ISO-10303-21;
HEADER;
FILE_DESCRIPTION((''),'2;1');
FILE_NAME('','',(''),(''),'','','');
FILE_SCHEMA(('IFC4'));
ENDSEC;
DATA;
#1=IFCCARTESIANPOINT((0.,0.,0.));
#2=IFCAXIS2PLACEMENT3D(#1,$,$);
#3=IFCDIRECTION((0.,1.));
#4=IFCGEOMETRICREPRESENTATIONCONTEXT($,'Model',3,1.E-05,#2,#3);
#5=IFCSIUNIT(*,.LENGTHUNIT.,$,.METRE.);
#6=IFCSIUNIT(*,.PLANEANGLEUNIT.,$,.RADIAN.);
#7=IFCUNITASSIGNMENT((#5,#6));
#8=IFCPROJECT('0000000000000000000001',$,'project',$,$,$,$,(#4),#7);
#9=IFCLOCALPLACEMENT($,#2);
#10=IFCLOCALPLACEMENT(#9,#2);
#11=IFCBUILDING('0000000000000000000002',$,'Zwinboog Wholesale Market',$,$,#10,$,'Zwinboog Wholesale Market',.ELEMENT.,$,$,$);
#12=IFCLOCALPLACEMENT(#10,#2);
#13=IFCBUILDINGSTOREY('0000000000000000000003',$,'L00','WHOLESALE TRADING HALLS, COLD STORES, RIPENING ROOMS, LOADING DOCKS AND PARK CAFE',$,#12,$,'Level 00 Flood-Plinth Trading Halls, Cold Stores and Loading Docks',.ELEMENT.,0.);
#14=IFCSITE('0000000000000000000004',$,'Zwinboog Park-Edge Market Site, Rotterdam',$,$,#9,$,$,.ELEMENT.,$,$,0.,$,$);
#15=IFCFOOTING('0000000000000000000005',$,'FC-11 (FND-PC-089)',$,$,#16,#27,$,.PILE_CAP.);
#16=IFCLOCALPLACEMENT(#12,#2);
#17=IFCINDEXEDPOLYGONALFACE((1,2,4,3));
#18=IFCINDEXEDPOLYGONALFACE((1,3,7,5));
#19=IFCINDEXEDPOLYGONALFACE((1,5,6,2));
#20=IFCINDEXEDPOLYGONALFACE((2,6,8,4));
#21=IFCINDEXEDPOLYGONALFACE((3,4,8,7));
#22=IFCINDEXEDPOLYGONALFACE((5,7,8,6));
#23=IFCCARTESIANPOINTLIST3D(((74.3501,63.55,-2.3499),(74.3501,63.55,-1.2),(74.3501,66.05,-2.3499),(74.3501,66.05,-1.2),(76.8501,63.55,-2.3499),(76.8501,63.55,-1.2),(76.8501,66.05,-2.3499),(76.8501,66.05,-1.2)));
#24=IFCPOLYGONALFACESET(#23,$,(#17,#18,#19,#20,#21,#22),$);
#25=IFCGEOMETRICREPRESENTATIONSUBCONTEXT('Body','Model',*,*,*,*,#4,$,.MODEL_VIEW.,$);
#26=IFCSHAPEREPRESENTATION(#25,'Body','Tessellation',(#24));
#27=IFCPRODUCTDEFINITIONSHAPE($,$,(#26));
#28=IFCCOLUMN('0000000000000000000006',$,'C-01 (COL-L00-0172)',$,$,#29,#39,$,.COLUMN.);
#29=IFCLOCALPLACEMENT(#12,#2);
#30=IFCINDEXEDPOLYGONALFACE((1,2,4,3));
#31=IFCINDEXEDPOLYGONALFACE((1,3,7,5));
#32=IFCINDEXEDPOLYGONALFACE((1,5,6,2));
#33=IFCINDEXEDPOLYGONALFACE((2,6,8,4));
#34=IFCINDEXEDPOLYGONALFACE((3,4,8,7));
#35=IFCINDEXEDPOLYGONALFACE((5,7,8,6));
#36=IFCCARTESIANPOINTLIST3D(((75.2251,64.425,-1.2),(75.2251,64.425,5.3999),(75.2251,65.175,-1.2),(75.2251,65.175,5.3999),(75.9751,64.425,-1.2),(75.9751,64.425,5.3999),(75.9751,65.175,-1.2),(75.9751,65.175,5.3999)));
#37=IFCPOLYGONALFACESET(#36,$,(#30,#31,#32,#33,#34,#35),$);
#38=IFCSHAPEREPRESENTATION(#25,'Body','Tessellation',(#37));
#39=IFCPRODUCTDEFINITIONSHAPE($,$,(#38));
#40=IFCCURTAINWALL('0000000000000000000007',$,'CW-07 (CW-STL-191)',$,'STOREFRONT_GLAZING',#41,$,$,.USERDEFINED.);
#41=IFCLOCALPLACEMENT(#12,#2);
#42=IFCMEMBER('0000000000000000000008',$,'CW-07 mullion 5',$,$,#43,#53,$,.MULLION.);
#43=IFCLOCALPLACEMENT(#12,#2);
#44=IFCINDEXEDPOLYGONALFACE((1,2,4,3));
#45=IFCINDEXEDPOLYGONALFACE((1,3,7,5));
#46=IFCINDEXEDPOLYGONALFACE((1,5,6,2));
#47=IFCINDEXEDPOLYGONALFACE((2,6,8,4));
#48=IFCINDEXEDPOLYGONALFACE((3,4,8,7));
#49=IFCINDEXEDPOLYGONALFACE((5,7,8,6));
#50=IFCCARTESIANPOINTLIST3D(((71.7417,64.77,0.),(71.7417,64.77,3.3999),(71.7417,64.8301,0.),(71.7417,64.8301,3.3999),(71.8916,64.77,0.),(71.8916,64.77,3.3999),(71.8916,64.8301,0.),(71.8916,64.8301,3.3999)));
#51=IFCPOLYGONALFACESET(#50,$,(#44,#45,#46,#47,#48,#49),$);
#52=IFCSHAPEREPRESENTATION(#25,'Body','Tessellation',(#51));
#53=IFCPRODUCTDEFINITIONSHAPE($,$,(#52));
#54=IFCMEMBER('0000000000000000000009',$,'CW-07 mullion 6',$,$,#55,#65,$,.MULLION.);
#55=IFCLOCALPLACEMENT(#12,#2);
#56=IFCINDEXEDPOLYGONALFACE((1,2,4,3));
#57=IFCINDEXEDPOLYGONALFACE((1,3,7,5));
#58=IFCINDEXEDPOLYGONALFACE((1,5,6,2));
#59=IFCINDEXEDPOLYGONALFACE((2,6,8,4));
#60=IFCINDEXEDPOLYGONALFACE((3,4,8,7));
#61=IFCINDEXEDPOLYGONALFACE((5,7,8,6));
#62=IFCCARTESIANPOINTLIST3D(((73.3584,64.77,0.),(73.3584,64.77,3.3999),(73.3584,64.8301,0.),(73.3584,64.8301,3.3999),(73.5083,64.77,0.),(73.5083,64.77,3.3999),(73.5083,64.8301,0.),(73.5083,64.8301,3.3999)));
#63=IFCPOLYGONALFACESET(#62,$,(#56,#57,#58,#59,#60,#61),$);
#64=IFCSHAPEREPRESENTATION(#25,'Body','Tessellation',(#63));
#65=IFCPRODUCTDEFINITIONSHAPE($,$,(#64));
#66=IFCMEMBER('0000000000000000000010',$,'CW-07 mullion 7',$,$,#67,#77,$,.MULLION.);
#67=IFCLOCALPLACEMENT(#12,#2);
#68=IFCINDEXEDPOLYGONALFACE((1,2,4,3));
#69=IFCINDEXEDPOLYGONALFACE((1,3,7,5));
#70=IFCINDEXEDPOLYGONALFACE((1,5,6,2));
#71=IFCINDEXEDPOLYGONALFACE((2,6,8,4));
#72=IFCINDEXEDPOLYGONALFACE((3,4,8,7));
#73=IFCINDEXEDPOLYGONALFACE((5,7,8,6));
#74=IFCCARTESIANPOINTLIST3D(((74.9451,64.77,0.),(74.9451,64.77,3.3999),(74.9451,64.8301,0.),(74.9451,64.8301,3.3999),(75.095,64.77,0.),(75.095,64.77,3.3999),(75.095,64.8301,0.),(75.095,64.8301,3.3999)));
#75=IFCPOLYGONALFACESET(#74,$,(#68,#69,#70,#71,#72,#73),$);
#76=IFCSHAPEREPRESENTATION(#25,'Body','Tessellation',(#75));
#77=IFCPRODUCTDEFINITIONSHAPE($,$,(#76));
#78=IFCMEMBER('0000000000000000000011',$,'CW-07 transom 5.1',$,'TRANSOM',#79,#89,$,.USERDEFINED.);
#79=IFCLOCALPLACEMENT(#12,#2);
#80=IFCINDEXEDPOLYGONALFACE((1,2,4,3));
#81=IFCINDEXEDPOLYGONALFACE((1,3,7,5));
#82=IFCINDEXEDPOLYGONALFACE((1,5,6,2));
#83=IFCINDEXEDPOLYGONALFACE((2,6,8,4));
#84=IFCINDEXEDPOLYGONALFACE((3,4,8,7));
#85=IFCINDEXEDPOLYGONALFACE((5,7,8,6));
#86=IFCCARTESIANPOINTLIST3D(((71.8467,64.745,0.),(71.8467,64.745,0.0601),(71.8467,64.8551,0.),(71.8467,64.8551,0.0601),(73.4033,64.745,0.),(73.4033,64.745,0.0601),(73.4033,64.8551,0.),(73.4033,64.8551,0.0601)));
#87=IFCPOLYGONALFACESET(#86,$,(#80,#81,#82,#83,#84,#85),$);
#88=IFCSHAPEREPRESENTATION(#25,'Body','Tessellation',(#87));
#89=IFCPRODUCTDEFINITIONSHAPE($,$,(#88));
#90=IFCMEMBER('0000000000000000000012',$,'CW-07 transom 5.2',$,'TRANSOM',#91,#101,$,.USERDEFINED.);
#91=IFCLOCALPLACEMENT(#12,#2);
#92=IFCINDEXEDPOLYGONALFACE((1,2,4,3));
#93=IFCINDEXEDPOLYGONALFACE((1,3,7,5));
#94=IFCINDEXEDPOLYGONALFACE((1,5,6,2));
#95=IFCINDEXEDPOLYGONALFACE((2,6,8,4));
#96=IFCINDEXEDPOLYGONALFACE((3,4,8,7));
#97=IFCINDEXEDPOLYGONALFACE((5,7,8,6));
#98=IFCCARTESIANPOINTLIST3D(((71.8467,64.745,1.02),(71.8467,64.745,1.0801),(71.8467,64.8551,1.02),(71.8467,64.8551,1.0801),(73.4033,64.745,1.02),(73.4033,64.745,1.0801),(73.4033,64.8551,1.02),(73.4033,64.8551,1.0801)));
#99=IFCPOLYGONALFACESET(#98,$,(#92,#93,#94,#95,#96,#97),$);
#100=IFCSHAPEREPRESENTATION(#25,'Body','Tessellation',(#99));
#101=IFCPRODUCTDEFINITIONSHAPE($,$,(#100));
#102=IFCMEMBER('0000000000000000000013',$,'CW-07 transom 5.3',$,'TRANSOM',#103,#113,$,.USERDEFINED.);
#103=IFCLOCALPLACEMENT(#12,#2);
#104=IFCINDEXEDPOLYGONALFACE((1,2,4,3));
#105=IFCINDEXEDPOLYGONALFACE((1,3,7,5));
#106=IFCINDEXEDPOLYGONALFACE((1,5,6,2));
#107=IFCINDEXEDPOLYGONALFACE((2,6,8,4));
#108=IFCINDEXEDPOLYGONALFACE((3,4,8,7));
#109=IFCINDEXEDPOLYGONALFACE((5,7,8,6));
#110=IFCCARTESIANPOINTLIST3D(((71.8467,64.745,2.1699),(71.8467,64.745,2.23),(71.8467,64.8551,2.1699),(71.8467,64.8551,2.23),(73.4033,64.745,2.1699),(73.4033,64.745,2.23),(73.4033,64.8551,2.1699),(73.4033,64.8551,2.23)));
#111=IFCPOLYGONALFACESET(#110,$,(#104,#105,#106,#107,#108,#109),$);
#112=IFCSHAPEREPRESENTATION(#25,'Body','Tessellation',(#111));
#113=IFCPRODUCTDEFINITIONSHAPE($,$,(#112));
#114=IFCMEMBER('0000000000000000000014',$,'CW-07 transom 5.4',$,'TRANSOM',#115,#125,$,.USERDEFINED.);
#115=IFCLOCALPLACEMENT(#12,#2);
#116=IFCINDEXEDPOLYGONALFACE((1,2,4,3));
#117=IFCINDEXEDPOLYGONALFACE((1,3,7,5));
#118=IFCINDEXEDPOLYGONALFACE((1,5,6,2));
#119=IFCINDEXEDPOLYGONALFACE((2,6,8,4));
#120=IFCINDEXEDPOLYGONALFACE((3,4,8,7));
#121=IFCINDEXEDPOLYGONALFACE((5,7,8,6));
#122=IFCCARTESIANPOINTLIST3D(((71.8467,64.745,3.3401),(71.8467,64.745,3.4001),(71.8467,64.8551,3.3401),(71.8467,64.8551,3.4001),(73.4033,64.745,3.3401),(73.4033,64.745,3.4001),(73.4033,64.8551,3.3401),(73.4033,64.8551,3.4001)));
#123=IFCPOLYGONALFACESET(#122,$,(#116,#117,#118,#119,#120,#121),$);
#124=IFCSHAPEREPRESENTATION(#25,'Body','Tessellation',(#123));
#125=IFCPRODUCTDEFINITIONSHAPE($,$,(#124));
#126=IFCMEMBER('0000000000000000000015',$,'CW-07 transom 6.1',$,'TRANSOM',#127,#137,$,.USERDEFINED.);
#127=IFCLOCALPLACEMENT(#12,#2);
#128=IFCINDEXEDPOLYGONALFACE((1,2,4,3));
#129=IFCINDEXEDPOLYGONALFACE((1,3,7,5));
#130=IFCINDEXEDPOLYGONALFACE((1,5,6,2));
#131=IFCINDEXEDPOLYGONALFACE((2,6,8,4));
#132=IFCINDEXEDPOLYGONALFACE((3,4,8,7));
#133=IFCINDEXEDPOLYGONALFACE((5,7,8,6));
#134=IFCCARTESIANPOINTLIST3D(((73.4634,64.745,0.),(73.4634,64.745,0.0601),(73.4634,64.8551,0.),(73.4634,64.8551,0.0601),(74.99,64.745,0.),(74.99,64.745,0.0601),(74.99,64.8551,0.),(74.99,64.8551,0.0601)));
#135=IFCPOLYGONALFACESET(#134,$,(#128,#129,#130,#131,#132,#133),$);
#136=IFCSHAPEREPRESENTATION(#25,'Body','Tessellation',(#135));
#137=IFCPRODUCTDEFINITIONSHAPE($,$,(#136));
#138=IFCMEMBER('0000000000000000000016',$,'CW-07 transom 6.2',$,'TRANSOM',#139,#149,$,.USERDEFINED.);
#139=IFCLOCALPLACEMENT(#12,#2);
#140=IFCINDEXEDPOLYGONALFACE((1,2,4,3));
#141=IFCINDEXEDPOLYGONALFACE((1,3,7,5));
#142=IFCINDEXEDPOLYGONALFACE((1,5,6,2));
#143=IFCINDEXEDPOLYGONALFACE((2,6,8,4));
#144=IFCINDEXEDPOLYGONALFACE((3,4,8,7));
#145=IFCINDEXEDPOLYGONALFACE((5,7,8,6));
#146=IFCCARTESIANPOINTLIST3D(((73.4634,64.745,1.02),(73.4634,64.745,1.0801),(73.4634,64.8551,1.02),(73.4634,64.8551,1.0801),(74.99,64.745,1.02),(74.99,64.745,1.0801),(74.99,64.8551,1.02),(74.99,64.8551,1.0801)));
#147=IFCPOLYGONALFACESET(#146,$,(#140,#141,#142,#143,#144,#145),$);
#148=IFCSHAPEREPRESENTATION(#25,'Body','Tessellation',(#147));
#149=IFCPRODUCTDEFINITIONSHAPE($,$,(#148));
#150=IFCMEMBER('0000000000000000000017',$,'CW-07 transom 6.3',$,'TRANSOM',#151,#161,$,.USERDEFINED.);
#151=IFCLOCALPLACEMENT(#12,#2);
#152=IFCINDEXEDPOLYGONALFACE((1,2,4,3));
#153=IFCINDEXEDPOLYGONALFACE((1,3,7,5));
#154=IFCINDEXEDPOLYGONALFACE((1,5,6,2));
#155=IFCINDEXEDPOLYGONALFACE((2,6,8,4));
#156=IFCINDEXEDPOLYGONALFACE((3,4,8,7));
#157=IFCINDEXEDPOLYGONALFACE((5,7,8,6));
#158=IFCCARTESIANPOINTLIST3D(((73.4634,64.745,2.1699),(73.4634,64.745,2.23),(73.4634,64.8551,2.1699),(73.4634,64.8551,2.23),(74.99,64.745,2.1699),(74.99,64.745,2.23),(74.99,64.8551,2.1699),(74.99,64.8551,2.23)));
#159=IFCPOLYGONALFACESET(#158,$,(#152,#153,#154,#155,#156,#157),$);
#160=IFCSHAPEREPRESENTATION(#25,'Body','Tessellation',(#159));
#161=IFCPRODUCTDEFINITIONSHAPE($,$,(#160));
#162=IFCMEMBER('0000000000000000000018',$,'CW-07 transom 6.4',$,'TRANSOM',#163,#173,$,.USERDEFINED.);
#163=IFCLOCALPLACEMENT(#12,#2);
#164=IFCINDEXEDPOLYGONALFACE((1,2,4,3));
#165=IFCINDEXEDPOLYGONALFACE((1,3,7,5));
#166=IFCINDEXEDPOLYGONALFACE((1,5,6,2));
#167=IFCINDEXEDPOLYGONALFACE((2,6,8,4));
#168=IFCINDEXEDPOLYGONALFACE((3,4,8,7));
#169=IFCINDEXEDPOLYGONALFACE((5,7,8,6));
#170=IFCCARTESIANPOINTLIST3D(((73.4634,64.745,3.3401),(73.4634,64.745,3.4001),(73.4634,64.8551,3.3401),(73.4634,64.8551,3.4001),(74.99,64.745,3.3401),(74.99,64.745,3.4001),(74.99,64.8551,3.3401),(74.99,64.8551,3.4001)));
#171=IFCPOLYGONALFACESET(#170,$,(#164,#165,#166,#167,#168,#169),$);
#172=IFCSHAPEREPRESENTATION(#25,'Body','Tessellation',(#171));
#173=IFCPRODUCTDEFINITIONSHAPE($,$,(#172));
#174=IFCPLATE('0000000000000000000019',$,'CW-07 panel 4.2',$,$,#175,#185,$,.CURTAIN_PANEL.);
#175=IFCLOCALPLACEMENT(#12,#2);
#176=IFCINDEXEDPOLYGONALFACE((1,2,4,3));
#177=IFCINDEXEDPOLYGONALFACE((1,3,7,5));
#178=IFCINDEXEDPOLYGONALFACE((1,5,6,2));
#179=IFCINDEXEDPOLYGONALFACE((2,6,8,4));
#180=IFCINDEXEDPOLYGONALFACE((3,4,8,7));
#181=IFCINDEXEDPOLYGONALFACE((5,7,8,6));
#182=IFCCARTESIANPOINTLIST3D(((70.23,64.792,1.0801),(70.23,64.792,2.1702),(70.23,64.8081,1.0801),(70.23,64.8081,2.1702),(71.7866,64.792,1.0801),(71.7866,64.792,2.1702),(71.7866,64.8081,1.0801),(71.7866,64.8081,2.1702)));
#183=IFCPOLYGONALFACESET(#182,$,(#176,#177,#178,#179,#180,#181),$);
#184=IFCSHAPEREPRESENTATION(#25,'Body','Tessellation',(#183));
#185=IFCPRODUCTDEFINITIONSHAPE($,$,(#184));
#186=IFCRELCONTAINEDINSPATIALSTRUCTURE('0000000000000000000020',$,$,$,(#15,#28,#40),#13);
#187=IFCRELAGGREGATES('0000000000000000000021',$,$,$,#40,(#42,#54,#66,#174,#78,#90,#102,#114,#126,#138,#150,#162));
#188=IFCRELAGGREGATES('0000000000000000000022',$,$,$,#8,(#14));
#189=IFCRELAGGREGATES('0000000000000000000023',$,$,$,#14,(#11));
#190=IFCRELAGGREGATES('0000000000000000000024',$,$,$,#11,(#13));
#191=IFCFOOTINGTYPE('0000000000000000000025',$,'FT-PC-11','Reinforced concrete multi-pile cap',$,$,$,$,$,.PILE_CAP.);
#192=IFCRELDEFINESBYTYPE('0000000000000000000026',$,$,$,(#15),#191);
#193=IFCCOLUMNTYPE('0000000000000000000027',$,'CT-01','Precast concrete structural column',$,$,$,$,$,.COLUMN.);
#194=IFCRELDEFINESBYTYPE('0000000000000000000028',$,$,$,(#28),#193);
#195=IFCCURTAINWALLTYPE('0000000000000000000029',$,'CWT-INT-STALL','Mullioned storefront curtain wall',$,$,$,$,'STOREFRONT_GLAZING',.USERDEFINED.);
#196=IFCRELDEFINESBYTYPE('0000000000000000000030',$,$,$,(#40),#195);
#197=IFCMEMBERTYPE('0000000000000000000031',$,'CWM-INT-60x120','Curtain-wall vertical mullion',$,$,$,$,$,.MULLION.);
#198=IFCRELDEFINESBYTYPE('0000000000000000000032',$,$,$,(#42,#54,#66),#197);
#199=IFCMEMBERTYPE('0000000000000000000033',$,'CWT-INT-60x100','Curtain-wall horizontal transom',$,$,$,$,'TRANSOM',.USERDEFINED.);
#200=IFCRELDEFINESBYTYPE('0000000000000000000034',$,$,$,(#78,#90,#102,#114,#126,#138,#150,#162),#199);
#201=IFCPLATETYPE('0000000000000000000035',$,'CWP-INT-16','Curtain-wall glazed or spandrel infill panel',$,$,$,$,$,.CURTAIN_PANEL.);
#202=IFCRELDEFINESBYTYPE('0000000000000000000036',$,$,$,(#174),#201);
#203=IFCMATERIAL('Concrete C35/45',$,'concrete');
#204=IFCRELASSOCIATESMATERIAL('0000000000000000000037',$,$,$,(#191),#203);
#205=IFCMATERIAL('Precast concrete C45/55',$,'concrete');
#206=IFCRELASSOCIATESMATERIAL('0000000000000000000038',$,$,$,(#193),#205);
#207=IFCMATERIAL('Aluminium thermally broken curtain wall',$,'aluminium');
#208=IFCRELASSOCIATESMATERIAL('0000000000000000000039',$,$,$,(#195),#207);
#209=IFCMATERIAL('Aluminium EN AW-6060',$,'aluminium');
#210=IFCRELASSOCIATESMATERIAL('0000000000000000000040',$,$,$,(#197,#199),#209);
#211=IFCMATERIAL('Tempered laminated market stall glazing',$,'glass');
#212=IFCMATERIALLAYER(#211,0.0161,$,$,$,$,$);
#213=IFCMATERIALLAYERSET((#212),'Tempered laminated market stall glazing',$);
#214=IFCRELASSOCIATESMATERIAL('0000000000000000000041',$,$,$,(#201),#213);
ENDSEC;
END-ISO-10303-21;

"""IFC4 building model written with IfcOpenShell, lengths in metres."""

from ifc_helpers import new_model, si_unit, direction, frame, origin, origin_2d, place, context, subcontext, project, spatial, rectangle, extrude, material, layer, layer_set, material_profile, profile_set, type_object, element, aggregate, save


model = new_model("IFC4")

# Units and contexts
model_context = context("Model", 3, precision=1e-05, world=origin(), true_north=direction((0.0, 1.0)))
body_context = subcontext(model_context, "Body", "Model", "MODEL_VIEW")
ifc_project = project(units=[si_unit("LENGTHUNIT", "METRE"), si_unit("PLANEANGLEUNIT", "RADIAN")], contexts=[model_context])

# Site, building, storey
site_placement = place(None, origin())
site = spatial("IfcSite", under=ifc_project, at=site_placement, Name="Zwinboog Park-Edge Market Site, Rotterdam", CompositionType="ELEMENT", RefElevation=0.0)
building_placement = place(site_placement, origin())
building = spatial("IfcBuilding", under=site, at=building_placement, Name="Zwinboog Wholesale Market", LongName="Zwinboog Wholesale Market", CompositionType="ELEMENT")
storey_placement = place(building_placement, origin())
storey = spatial("IfcBuildingStorey", under=building, at=storey_placement, Name="L00", Description="WHOLESALE TRADING HALLS, COLD STORES, RIPENING ROOMS, LOADING DOCKS AND PARK CAFE", LongName="Level 00 Flood-Plinth Trading Halls, Cold Stores and Loading Docks", CompositionType="ELEMENT", Elevation=0.0)

# Footing
ifc_material_1 = material(Name="Concrete C35/45", Category="concrete")
footing_type = type_object("IfcFootingType", Name="FT-PC-11", Description="Reinforced concrete multi-pile cap", PredefinedType="PILE_CAP", material=ifc_material_1)
footing_placement = place(storey_placement, frame((75.6001, 64.8, -2.3499), z_axis=(0.0, 0.0, 1.0), x_axis=(1.0, 0.0, 0.0)))
element("IfcFooting", 1, at=footing_placement, inside=storey, type_object=footing_type, Name="FC-11 (FND-PC-089)", PredefinedType="PILE_CAP", context=body_context, shape_type="SweptSolid", body=[
    extrude(rectangle(XDim=2.5, YDim=2.5, at=origin_2d()), origin(), (0.0, 0.0, 1.0), 1.1499),
])

# Column
ifc_material_2 = material(Name="Precast concrete C45/55", Category="concrete")
ifc_material_profile_1 = material_profile(ifc_material_2, rectangle(XDim=0.75, YDim=0.75, at=origin_2d()), Name="PC 750x750")
ifc_profile_set_1 = profile_set([ifc_material_profile_1], Name="Precast concrete C45/55")
column_type = type_object("IfcColumnType", Name="CT-01", Description="Precast concrete structural column", PredefinedType="COLUMN", material=ifc_profile_set_1)
column_placement = place(storey_placement, frame((75.6001, 64.8, -1.2), z_axis=(0.0, 0.0, 1.0), x_axis=(1.0, 0.0, 0.0)))
element("IfcColumn", 2, at=column_placement, inside=storey, type_object=column_type, Name="C-01 (COL-L00-0172)", PredefinedType="COLUMN", context=body_context, shape_type="SweptSolid", body=[
    extrude(rectangle(XDim=0.75, YDim=0.75, at=origin_2d()), origin(), (0.0, 0.0, 1.0), 6.5999),
])

# Curtain wall, members, plate
ifc_material_3 = material(Name="Aluminium thermally broken curtain wall", Category="aluminium")
curtain_wall_type = type_object("IfcCurtainWallType", Name="CWT-INT-STALL", Description="Mullioned storefront curtain wall", ElementType="STOREFRONT_GLAZING", PredefinedType="USERDEFINED", material=ifc_material_3)
curtain_wall_placement = place(storey_placement, origin())
curtain_wall = element("IfcCurtainWall", 3, at=curtain_wall_placement, inside=storey, type_object=curtain_wall_type, Name="CW-07 (CW-STL-191)", ObjectType="STOREFRONT_GLAZING", PredefinedType="USERDEFINED")
ifc_material_4 = material(Name="Aluminium EN AW-6060", Category="aluminium")
ifc_material_profile_2 = material_profile(ifc_material_4, rectangle(XDim=0.0601, YDim=0.1499, at=origin_2d()), Name="AL 60x150")
ifc_profile_set_2 = profile_set([ifc_material_profile_2], Name="Aluminium EN AW-6060")
member_type_1 = type_object("IfcMemberType", Name="CWM-INT-60x120", Description="Curtain-wall vertical mullion", PredefinedType="MULLION", material=ifc_profile_set_2)
member_1_placement = place(storey_placement, frame((71.8167, 64.8, 0.0), z_axis=(0.0, 0.0, 1.0), x_axis=(0.0, 1.0, 0.0)))
member_1 = element("IfcMember", 4, at=member_1_placement, type_object=member_type_1, Name="CW-07 mullion 5", PredefinedType="MULLION", context=body_context, shape_type="SweptSolid", body=[
    extrude(rectangle(XDim=0.0601, YDim=0.1499, at=origin_2d()), origin(), (0.0, 0.0, 1.0), 3.3999),
])
member_2_placement = place(storey_placement, frame((73.4333, 64.8, 0.0), z_axis=(0.0, 0.0, 1.0), x_axis=(0.0, 1.0, 0.0)))
member_2 = element("IfcMember", 5, at=member_2_placement, type_object=member_type_1, Name="CW-07 mullion 6", PredefinedType="MULLION", context=body_context, shape_type="SweptSolid", body=[
    extrude(rectangle(XDim=0.0601, YDim=0.1499, at=origin_2d()), origin(), (0.0, 0.0, 1.0), 3.3999),
])
member_3_placement = place(storey_placement, frame((75.02, 64.8, 0.0), z_axis=(0.0, 0.0, 1.0), x_axis=(0.0, 1.0, 0.0)))
member_3 = element("IfcMember", 6, at=member_3_placement, type_object=member_type_1, Name="CW-07 mullion 7", PredefinedType="MULLION", context=body_context, shape_type="SweptSolid", body=[
    extrude(rectangle(XDim=0.0601, YDim=0.1499, at=origin_2d()), origin(), (0.0, 0.0, 1.0), 3.3999),
])
ifc_material_profile_3 = material_profile(ifc_material_4, rectangle(XDim=0.1101, YDim=0.0601, at=origin_2d()), Name="AL 60x110")
ifc_profile_set_3 = profile_set([ifc_material_profile_3], Name="Aluminium EN AW-6060")
member_type_2 = type_object("IfcMemberType", Name="CWT-INT-60x100", Description="Curtain-wall horizontal transom", ElementType="TRANSOM", PredefinedType="USERDEFINED", material=ifc_profile_set_3)
member_4_placement = place(storey_placement, frame((71.8467, 64.8, 0.03), z_axis=(1.0, 0.0, 0.0), x_axis=(0.0, 1.0, 0.0)))
member_4 = element("IfcMember", 7, at=member_4_placement, type_object=member_type_2, Name="CW-07 transom 5.1", ObjectType="TRANSOM", PredefinedType="USERDEFINED", context=body_context, shape_type="SweptSolid", body=[
    extrude(rectangle(XDim=0.1101, YDim=0.0601, at=origin_2d()), origin(), (0.0, 0.0, 1.0), 1.5566),
])
member_5_placement = place(storey_placement, frame((71.8467, 64.8, 1.05), z_axis=(1.0, 0.0, 0.0), x_axis=(0.0, 1.0, 0.0)))
member_5 = element("IfcMember", 8, at=member_5_placement, type_object=member_type_2, Name="CW-07 transom 5.2", ObjectType="TRANSOM", PredefinedType="USERDEFINED", context=body_context, shape_type="SweptSolid", body=[
    extrude(rectangle(XDim=0.1101, YDim=0.0601, at=origin_2d()), origin(), (0.0, 0.0, 1.0), 1.5566),
])
member_6_placement = place(storey_placement, frame((71.8467, 64.8, 2.2), z_axis=(1.0, 0.0, 0.0), x_axis=(0.0, 1.0, 0.0)))
member_6 = element("IfcMember", 9, at=member_6_placement, type_object=member_type_2, Name="CW-07 transom 5.3", ObjectType="TRANSOM", PredefinedType="USERDEFINED", context=body_context, shape_type="SweptSolid", body=[
    extrude(rectangle(XDim=0.1101, YDim=0.0601, at=origin_2d()), origin(), (0.0, 0.0, 1.0), 1.5566),
])
member_7_placement = place(storey_placement, frame((71.8467, 64.8, 3.3701), z_axis=(1.0, 0.0, 0.0), x_axis=(0.0, 1.0, 0.0)))
member_7 = element("IfcMember", 10, at=member_7_placement, type_object=member_type_2, Name="CW-07 transom 5.4", ObjectType="TRANSOM", PredefinedType="USERDEFINED", context=body_context, shape_type="SweptSolid", body=[
    extrude(rectangle(XDim=0.1101, YDim=0.0601, at=origin_2d()), origin(), (0.0, 0.0, 1.0), 1.5566),
])
member_8_placement = place(storey_placement, frame((73.4634, 64.8, 0.03), z_axis=(1.0, 0.0, 0.0), x_axis=(0.0, 1.0, 0.0)))
member_8 = element("IfcMember", 11, at=member_8_placement, type_object=member_type_2, Name="CW-07 transom 6.1", ObjectType="TRANSOM", PredefinedType="USERDEFINED", context=body_context, shape_type="SweptSolid", body=[
    extrude(rectangle(XDim=0.1101, YDim=0.0601, at=origin_2d()), origin(), (0.0, 0.0, 1.0), 1.5266),
])
member_9_placement = place(storey_placement, frame((73.4634, 64.8, 1.05), z_axis=(1.0, 0.0, 0.0), x_axis=(0.0, 1.0, 0.0)))
member_9 = element("IfcMember", 12, at=member_9_placement, type_object=member_type_2, Name="CW-07 transom 6.2", ObjectType="TRANSOM", PredefinedType="USERDEFINED", context=body_context, shape_type="SweptSolid", body=[
    extrude(rectangle(XDim=0.1101, YDim=0.0601, at=origin_2d()), origin(), (0.0, 0.0, 1.0), 1.5266),
])
member_10_placement = place(storey_placement, frame((73.4634, 64.8, 2.2), z_axis=(1.0, 0.0, 0.0), x_axis=(0.0, 1.0, 0.0)))
member_10 = element("IfcMember", 13, at=member_10_placement, type_object=member_type_2, Name="CW-07 transom 6.3", ObjectType="TRANSOM", PredefinedType="USERDEFINED", context=body_context, shape_type="SweptSolid", body=[
    extrude(rectangle(XDim=0.1101, YDim=0.0601, at=origin_2d()), origin(), (0.0, 0.0, 1.0), 1.5266),
])
member_11_placement = place(storey_placement, frame((73.4634, 64.8, 3.3701), z_axis=(1.0, 0.0, 0.0), x_axis=(0.0, 1.0, 0.0)))
member_11 = element("IfcMember", 14, at=member_11_placement, type_object=member_type_2, Name="CW-07 transom 6.4", ObjectType="TRANSOM", PredefinedType="USERDEFINED", context=body_context, shape_type="SweptSolid", body=[
    extrude(rectangle(XDim=0.1101, YDim=0.0601, at=origin_2d()), origin(), (0.0, 0.0, 1.0), 1.5266),
])
ifc_material_5 = material(Name="Tempered laminated market stall glazing", Category="glass")
ifc_layer = layer(ifc_material_5, 0.0161)
ifc_layer_set = layer_set([ifc_layer], Name="Tempered laminated market stall glazing")
plate_type = type_object("IfcPlateType", Name="CWP-INT-16", Description="Curtain-wall glazed or spandrel infill panel", PredefinedType="CURTAIN_PANEL", material=ifc_layer_set)
plate_1_placement = place(storey_placement, frame((71.0083, 64.8, 1.0801), z_axis=(0.0, 0.0, 1.0), x_axis=(1.0, 0.0, 0.0)))
plate_1 = element("IfcPlate", 15, at=plate_1_placement, type_object=plate_type, Name="CW-07 panel 4.2", PredefinedType="CURTAIN_PANEL", context=body_context, shape_type="SweptSolid", body=[
    extrude(rectangle(XDim=1.5566, YDim=0.0161, at=origin_2d()), origin(), (0.0, 0.0, 1.0), 1.0901),
])
aggregate(curtain_wall, [member_1, member_2, member_3, plate_1, member_4, member_5, member_6, member_7, member_8, member_9, member_10, member_11])

save(model, "model.ifc")
